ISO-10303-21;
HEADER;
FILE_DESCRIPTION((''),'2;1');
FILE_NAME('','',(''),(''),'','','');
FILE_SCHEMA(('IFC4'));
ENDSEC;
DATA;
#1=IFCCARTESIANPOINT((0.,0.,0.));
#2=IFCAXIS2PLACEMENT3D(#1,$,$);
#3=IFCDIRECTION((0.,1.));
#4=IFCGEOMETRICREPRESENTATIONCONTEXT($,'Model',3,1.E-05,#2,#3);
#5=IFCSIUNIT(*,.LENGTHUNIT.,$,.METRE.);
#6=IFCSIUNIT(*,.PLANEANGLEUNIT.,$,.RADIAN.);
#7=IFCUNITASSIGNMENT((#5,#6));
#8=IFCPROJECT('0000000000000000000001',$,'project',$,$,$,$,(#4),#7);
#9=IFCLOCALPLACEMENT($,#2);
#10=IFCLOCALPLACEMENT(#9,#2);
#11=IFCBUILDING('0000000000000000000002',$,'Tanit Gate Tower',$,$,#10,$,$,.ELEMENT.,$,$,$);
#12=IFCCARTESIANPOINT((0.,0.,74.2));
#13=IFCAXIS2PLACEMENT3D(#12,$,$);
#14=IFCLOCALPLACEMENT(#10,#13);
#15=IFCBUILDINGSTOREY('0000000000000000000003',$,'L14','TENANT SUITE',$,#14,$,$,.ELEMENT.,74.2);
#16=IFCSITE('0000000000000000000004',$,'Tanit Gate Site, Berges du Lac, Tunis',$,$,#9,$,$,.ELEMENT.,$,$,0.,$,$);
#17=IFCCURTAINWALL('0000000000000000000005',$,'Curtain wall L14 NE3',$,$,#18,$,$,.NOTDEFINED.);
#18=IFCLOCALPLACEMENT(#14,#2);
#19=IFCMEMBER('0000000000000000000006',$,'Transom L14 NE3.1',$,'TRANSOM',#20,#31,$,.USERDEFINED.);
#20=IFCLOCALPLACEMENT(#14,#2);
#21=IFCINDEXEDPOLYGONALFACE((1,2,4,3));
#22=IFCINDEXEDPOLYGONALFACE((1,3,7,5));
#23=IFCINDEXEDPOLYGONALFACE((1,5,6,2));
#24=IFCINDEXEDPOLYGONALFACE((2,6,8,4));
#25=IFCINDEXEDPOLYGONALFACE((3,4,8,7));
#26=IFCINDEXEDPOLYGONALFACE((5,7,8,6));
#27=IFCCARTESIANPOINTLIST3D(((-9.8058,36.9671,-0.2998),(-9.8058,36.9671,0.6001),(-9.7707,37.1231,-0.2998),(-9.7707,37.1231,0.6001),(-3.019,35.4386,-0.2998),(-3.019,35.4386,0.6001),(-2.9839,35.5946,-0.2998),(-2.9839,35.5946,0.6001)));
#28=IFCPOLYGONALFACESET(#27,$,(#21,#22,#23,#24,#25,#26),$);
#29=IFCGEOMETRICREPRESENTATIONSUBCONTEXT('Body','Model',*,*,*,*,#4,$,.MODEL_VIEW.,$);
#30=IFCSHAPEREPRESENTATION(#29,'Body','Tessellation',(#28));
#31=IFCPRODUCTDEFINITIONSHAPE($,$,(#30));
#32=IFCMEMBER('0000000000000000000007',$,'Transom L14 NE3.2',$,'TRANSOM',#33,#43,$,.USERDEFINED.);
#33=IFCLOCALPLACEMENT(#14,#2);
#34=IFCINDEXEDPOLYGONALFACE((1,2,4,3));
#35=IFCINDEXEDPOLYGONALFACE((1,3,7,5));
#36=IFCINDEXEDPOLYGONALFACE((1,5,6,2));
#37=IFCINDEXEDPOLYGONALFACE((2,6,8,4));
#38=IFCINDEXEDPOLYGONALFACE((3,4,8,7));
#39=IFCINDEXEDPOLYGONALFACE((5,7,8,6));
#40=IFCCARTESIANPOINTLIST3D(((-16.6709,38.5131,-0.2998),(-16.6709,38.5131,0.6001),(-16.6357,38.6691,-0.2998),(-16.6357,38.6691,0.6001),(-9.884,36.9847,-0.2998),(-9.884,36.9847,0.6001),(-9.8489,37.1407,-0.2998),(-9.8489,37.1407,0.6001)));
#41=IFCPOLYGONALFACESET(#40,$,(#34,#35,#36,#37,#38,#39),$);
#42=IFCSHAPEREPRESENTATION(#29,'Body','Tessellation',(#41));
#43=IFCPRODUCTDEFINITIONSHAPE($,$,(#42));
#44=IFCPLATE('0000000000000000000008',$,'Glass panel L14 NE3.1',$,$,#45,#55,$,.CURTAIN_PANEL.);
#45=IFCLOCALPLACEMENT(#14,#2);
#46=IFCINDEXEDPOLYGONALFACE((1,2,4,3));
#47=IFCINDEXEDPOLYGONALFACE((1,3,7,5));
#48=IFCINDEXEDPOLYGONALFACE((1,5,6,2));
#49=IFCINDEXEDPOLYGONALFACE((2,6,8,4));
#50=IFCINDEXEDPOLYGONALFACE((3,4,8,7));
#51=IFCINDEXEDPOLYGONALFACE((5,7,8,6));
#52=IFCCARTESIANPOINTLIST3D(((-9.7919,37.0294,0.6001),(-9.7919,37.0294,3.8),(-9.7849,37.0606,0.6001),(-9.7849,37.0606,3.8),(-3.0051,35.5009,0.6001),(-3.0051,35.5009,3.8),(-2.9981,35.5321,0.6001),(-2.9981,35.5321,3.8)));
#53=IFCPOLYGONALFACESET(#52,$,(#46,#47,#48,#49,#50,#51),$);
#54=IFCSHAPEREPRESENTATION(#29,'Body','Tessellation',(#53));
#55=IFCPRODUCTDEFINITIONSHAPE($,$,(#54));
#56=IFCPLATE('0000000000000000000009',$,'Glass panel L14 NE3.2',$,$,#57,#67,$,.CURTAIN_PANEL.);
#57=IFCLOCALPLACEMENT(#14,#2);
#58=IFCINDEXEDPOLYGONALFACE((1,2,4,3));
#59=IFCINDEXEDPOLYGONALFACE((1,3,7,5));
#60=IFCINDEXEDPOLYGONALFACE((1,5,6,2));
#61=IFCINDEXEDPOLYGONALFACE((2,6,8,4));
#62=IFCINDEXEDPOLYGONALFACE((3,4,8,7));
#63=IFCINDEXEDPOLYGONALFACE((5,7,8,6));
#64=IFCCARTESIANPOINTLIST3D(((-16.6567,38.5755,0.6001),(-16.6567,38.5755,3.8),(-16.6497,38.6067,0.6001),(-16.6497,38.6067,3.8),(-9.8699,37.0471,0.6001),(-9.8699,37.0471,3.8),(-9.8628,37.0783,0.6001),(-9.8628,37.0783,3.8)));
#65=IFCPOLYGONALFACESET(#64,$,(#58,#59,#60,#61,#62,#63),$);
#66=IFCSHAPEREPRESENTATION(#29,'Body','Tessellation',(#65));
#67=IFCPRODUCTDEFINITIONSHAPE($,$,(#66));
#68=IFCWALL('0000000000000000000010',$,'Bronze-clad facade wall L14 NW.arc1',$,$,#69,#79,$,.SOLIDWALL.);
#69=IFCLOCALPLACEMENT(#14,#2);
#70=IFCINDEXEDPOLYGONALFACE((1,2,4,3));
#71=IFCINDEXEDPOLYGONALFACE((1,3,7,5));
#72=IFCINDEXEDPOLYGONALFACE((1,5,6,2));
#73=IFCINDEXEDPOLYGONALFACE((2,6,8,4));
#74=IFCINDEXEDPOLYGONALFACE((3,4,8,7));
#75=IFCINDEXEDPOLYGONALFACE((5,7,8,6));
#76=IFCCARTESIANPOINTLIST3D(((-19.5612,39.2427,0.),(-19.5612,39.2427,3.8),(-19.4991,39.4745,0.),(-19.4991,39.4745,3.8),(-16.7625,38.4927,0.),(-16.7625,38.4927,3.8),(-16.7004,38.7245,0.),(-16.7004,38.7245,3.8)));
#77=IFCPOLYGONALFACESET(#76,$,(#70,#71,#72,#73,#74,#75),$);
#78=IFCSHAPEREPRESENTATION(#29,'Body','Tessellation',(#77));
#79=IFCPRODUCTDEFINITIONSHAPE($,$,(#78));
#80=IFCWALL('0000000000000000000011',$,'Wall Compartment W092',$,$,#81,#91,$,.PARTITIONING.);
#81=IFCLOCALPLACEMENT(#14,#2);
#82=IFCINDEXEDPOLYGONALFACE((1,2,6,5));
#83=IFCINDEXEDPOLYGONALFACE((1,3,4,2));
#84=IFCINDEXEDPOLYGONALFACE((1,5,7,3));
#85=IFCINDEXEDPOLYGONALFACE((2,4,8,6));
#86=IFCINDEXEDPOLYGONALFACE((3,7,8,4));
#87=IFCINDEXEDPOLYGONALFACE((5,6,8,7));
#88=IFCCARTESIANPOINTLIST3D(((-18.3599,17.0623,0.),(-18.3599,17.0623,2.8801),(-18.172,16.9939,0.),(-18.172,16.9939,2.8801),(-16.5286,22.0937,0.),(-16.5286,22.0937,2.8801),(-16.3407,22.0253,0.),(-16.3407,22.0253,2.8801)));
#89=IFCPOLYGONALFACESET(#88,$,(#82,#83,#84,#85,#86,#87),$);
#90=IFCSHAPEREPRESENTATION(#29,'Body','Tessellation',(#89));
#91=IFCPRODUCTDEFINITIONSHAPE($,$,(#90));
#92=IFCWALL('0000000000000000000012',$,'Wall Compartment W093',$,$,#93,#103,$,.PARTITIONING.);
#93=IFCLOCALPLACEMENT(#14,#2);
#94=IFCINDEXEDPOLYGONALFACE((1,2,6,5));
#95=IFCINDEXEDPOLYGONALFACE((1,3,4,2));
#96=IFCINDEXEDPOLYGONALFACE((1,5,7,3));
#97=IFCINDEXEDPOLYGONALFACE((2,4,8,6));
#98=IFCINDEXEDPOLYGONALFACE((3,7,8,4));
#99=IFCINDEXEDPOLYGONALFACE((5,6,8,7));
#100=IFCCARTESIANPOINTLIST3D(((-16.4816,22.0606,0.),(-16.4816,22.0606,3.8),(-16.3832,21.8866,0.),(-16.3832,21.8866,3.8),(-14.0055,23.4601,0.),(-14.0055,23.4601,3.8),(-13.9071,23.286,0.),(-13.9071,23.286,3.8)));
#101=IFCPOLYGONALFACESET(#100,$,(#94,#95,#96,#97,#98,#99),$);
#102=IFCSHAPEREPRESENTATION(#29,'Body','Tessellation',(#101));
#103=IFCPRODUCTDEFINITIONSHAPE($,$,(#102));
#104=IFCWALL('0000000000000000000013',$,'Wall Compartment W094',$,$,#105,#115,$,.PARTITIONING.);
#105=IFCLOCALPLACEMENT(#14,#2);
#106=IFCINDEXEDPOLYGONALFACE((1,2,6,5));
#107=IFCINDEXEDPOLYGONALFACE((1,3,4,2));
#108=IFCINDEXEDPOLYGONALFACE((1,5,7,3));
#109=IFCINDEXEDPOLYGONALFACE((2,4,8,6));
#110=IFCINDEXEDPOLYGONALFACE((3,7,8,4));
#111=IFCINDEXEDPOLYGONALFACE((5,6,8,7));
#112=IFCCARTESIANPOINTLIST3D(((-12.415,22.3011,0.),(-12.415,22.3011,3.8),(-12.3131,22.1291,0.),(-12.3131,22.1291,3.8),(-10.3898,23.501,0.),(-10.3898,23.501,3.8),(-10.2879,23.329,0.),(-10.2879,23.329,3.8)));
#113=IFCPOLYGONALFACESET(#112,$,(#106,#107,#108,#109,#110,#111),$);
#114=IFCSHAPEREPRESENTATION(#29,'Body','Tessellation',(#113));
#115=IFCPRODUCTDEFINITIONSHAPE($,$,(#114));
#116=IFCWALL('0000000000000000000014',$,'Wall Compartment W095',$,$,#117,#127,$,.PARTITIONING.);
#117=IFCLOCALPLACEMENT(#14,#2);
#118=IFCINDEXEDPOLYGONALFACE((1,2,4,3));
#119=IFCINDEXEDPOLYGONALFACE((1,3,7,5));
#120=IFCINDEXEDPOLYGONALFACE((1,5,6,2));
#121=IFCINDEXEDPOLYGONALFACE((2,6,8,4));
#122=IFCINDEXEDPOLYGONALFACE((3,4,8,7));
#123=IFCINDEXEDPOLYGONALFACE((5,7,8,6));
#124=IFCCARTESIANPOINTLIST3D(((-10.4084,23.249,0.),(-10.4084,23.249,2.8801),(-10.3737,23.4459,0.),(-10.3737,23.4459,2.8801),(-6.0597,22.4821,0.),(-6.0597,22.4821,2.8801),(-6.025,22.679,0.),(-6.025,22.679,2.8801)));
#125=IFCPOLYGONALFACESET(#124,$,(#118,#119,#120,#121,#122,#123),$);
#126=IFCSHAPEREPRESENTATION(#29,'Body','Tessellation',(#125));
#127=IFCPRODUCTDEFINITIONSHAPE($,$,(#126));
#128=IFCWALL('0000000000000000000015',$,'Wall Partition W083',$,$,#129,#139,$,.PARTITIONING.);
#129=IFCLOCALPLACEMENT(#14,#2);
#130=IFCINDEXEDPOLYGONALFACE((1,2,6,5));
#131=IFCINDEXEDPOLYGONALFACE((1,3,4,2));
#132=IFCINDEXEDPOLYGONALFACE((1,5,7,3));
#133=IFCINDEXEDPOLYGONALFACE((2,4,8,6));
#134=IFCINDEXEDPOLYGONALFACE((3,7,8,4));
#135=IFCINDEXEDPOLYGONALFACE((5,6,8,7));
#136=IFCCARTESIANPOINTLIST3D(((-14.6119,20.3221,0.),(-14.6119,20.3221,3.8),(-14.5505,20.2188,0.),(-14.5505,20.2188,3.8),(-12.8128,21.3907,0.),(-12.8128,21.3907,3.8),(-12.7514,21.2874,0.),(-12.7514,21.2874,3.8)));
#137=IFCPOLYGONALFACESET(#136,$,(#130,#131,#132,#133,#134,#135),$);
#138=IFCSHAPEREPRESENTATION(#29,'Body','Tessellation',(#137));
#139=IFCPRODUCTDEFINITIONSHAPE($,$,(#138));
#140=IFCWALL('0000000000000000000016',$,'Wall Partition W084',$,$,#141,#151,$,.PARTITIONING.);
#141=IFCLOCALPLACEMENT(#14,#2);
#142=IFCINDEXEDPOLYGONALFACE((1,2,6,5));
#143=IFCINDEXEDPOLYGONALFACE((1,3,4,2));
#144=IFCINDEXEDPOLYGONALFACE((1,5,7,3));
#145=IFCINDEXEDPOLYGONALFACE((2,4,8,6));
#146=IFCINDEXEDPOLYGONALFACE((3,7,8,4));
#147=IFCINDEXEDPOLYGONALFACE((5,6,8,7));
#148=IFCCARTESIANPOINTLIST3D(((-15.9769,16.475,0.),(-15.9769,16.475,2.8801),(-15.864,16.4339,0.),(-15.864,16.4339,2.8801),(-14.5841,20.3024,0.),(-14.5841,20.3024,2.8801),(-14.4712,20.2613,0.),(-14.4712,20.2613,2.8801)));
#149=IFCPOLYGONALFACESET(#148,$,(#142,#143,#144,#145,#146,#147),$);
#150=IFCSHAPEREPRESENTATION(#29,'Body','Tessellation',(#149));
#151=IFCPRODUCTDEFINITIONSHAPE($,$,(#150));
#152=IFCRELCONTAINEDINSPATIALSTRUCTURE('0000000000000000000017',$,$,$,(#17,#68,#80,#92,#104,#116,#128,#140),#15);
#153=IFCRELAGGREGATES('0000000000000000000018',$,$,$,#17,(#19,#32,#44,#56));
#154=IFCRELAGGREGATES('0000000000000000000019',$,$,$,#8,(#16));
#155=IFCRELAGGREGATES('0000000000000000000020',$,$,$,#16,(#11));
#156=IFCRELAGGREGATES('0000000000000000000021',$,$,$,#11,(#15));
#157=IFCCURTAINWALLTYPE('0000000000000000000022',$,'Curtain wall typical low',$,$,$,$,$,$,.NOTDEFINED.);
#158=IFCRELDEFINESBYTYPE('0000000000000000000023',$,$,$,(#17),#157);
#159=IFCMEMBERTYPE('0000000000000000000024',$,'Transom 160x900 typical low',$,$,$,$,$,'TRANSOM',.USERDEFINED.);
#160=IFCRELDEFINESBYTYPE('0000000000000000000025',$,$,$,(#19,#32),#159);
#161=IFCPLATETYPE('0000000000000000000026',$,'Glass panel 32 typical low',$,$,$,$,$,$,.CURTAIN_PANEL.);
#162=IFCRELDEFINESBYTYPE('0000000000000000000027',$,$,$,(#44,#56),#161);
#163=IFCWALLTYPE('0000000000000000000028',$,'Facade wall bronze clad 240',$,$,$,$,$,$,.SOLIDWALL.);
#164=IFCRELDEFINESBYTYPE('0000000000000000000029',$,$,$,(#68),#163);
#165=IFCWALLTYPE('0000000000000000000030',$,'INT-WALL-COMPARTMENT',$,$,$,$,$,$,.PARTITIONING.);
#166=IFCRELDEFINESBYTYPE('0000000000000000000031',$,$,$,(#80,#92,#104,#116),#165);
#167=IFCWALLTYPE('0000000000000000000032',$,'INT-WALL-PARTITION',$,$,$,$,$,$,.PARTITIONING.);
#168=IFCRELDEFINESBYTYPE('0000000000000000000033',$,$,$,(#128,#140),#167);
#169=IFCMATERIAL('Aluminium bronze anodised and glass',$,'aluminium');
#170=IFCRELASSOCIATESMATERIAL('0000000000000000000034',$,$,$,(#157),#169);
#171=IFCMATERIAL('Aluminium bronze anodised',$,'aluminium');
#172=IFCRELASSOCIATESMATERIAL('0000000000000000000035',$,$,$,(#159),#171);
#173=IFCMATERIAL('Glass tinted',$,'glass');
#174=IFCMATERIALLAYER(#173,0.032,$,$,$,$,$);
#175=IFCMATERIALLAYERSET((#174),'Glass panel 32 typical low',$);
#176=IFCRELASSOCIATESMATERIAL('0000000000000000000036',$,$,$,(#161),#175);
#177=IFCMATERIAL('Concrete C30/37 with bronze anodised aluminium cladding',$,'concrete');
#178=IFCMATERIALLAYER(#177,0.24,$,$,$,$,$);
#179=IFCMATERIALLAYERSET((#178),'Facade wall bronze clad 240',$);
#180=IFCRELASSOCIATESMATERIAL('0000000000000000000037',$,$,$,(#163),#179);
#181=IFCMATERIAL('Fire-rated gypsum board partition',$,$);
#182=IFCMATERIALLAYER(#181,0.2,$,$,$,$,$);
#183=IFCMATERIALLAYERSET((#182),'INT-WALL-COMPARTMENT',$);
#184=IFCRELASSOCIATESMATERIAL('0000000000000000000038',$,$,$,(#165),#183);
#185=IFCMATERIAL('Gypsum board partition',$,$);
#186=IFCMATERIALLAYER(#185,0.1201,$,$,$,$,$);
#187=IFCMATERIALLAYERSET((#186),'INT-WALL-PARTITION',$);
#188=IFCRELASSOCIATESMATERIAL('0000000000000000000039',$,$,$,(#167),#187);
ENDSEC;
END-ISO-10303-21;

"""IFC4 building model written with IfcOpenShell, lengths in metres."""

from ifc_helpers import new_model, si_unit, direction, frame, frame_2d, origin, origin_2d, place, context, subcontext, project, spatial, rectangle, extrude, material, layer, layer_set, material_profile, profile_set, type_object, element, aggregate, save


model = new_model("IFC4")

# Units and contexts
model_context = context("Model", 3, precision=1e-05, world=origin(), true_north=direction((0.0, 1.0)))
body_context = subcontext(model_context, "Body", "Model", "MODEL_VIEW")
ifc_project = project(units=[si_unit("LENGTHUNIT", "METRE"), si_unit("PLANEANGLEUNIT", "RADIAN")], contexts=[model_context])

# Site, building, storey
site_placement = place(None, origin())
site = spatial("IfcSite", under=ifc_project, at=site_placement, Name="Tanit Gate Site, Berges du Lac, Tunis", CompositionType="ELEMENT", RefElevation=0.0)
building_placement = place(site_placement, origin())
building = spatial("IfcBuilding", under=site, at=building_placement, Name="Tanit Gate Tower", CompositionType="ELEMENT")
storey_placement = place(building_placement, frame((0.0, 0.0, 74.2)))
storey = spatial("IfcBuildingStorey", under=building, at=storey_placement, Name="L14", Description="TENANT SUITE", CompositionType="ELEMENT", Elevation=74.2)

# Curtain wall
ifc_material_1 = material(Name="Aluminium bronze anodised and glass", Category="aluminium")
curtain_wall_type = type_object("IfcCurtainWallType", Name="Curtain wall typical low", PredefinedType="NOTDEFINED", material=ifc_material_1)
curtain_wall_1_placement = place(storey_placement, origin())
curtain_wall_1 = element("IfcCurtainWall", 1, at=curtain_wall_1_placement, inside=storey, type_object=curtain_wall_type, Name="Curtain wall L14 NE3", PredefinedType="NOTDEFINED")

# Members
ifc_material_2 = material(Name="Aluminium bronze anodised", Category="aluminium")
ifc_material_profile_1 = material_profile(ifc_material_2, rectangle(XDim=0.1599, YDim=0.8999, at=origin_2d()), Name="160x900 bronze transom")
ifc_profile_set_1 = profile_set([ifc_material_profile_1], Name="Aluminium bronze anodised")
member_type_1 = type_object("IfcMemberType", Name="Transom 160x900 typical low", ElementType="TRANSOM", PredefinedType="USERDEFINED", material=ifc_profile_set_1)
member_1_placement = place(storey_placement, frame((-3.0015, 35.5166, 0.1501), z_axis=(-0.975563, 0.21972, 0.0), x_axis=(-0.21972, -0.975563, 0.0)))
member_1 = element("IfcMember", 2, at=member_1_placement, type_object=member_type_1, Name="Transom L14 NE3.1", ObjectType="TRANSOM", PredefinedType="USERDEFINED", context=body_context, shape_type="SweptSolid", body=[
    extrude(rectangle(XDim=0.1599, YDim=0.8999, at=origin_2d()), origin(), (0.0, 0.0, 1.0), 6.9568),
])
member_2_placement = place(storey_placement, frame((-9.8665, 37.0627, 0.1501), z_axis=(-0.97557, 0.219687, 0.0), x_axis=(-0.219687, -0.97557, 0.0)))
member_2 = element("IfcMember", 3, at=member_2_placement, type_object=member_type_1, Name="Transom L14 NE3.2", ObjectType="TRANSOM", PredefinedType="USERDEFINED", context=body_context, shape_type="SweptSolid", body=[
    extrude(rectangle(XDim=0.1599, YDim=0.8999, at=origin_2d()), origin(), (0.0, 0.0, 1.0), 6.9568),
])

# Plates
ifc_material_3 = material(Name="Glass tinted", Category="glass")
ifc_layer_1 = layer(ifc_material_3, 0.032)
ifc_layer_set_1 = layer_set([ifc_layer_1], Name="Glass panel 32 typical low")
plate_type = type_object("IfcPlateType", Name="Glass panel 32 typical low", PredefinedType="CURTAIN_PANEL", material=ifc_layer_set_1)
plate_1_placement = place(storey_placement, frame((-6.395, 36.2808, 0.6001), z_axis=(0.0, 0.0, 1.0), x_axis=(-0.975566, 0.219705, 0.0)))
plate_1 = element("IfcPlate", 4, at=plate_1_placement, type_object=plate_type, Name="Glass panel L14 NE3.1", PredefinedType="CURTAIN_PANEL", context=body_context, shape_type="SweptSolid", body=[
    extrude(rectangle(XDim=6.9568, YDim=0.032, at=origin_2d()), origin(), (0.0, 0.0, 1.0), 3.2),
])
plate_2_placement = place(storey_placement, frame((-13.2598, 37.8269, 0.6001), z_axis=(0.0, 0.0, 1.0), x_axis=(-0.975566, 0.219705, 0.0)))
plate_2 = element("IfcPlate", 5, at=plate_2_placement, type_object=plate_type, Name="Glass panel L14 NE3.2", PredefinedType="CURTAIN_PANEL", context=body_context, shape_type="SweptSolid", body=[
    extrude(rectangle(XDim=6.9568, YDim=0.032, at=origin_2d()), origin(), (0.0, 0.0, 1.0), 3.2),
])
aggregate(curtain_wall_1, [member_1, member_2, plate_1, plate_2])

# Walls
ifc_material_4 = material(Name="Concrete C30/37 with bronze anodised aluminium cladding", Category="concrete")
ifc_layer_2 = layer(ifc_material_4, 0.24)
ifc_layer_set_2 = layer_set([ifc_layer_2], Name="Facade wall bronze clad 240")
wall_type_1 = type_object("IfcWallType", Name="Facade wall bronze clad 240", PredefinedType="SOLIDWALL", material=ifc_layer_set_2)
wall_1_placement = place(storey_placement, frame((-16.7314, 38.6086, 0.0), z_axis=(0.0, 0.0, 1.0), x_axis=(-0.965921, 0.258837, 0.0)))
element("IfcWall", 6, at=wall_1_placement, inside=storey, type_object=wall_type_1, Name="Bronze-clad facade wall L14 NW.arc1", PredefinedType="SOLIDWALL", context=body_context, shape_type="SweptSolid", body=[
    extrude(rectangle(XDim=2.8975, YDim=0.24, at=frame_2d((1.4487, 0.0))), origin(), (0.0, 0.0, 1.0), 3.8),
])
ifc_material_5 = material(Name="Fire-rated gypsum board partition")
ifc_layer_3 = layer(ifc_material_5, 0.2)
ifc_layer_set_3 = layer_set([ifc_layer_3], Name="INT-WALL-COMPARTMENT")
wall_type_2 = type_object("IfcWallType", Name="INT-WALL-COMPARTMENT", PredefinedType="PARTITIONING", material=ifc_layer_set_3)
wall_2_placement = place(storey_placement, frame((-16.4346, 22.0596, 0.0), z_axis=(0.0, 0.0, 1.0), x_axis=(-0.342032, -0.939688, 0.0)))
element("IfcWall", 7, at=wall_2_placement, inside=storey, type_object=wall_type_2, Name="Wall Compartment W092", PredefinedType="PARTITIONING", context=body_context, shape_type="SweptSolid", body=[
    extrude(rectangle(XDim=5.3542, YDim=0.2, at=frame_2d((2.6772, 0.0))), origin(), (0.0, 0.0, 1.0), 2.8801),
])
wall_3_placement = place(storey_placement, frame((-13.9563, 23.373, 0.0), z_axis=(0.0, 0.0, 1.0), x_axis=(-0.870579, -0.492029, 0.0)))
element("IfcWall", 8, at=wall_3_placement, inside=storey, type_object=wall_type_2, Name="Wall Compartment W093", PredefinedType="PARTITIONING", context=body_context, shape_type="SweptSolid", body=[
    extrude(rectangle(XDim=2.8442, YDim=0.2, at=frame_2d((1.4221, 0.0))), origin(), (0.0, 0.0, 1.0), 3.8),
])
wall_4_placement = place(storey_placement, frame((-10.3389, 23.415, 0.0), z_axis=(0.0, 0.0, 1.0), x_axis=(-0.860317, -0.50976, 0.0)))
element("IfcWall", 9, at=wall_4_placement, inside=storey, type_object=wall_type_2, Name="Wall Compartment W094", PredefinedType="PARTITIONING", context=body_context, shape_type="SweptSolid", body=[
    extrude(rectangle(XDim=2.354, YDim=0.2, at=frame_2d((1.177, 0.0))), origin(), (0.0, 0.0, 1.0), 3.8),
])
wall_5_placement = place(storey_placement, frame((-6.0422, 22.5806, 0.0), z_axis=(0.0, 0.0, 1.0), x_axis=(-0.984805, 0.173662, 0.0)))
element("IfcWall", 10, at=wall_5_placement, inside=storey, type_object=wall_type_2, Name="Wall Compartment W095", PredefinedType="PARTITIONING", context=body_context, shape_type="SweptSolid", body=[
    extrude(rectangle(XDim=4.4158, YDim=0.2, at=frame_2d((2.208, 0.0))), origin(), (0.0, 0.0, 1.0), 2.8801),
])
ifc_material_6 = material(Name="Gypsum board partition")
ifc_layer_4 = layer(ifc_material_6, 0.1201)
ifc_layer_set_4 = layer_set([ifc_layer_4], Name="INT-WALL-PARTITION")
wall_type_3 = type_object("IfcWallType", Name="INT-WALL-PARTITION", PredefinedType="PARTITIONING", material=ifc_layer_set_4)
wall_6_placement = place(storey_placement, frame((-12.782, 21.3391, 0.0), z_axis=(0.0, 0.0, 1.0), x_axis=(-0.85977, -0.510682, 0.0)))
element("IfcWall", 11, at=wall_6_placement, inside=storey, type_object=wall_type_3, Name="Wall Partition W083", PredefinedType="PARTITIONING", context=body_context, shape_type="SweptSolid", body=[
    extrude(rectangle(XDim=2.0925, YDim=0.1201, at=frame_2d((1.0464, 0.0))), origin(), (0.0, 0.0, 1.0), 3.8),
])
wall_7_placement = place(storey_placement, frame((-14.5276, 20.282, 0.0), z_axis=(0.0, 0.0, 1.0), x_axis=(-0.341969, -0.939711, 0.0)))
element("IfcWall", 12, at=wall_7_placement, inside=storey, type_object=wall_type_3, Name="Wall Partition W084", PredefinedType="PARTITIONING", context=body_context, shape_type="SweptSolid", body=[
    extrude(rectangle(XDim=4.073, YDim=0.1201, at=frame_2d((2.0366, 0.0))), origin(), (0.0, 0.0, 1.0), 2.8801),
])

save(model, "model.ifc")
